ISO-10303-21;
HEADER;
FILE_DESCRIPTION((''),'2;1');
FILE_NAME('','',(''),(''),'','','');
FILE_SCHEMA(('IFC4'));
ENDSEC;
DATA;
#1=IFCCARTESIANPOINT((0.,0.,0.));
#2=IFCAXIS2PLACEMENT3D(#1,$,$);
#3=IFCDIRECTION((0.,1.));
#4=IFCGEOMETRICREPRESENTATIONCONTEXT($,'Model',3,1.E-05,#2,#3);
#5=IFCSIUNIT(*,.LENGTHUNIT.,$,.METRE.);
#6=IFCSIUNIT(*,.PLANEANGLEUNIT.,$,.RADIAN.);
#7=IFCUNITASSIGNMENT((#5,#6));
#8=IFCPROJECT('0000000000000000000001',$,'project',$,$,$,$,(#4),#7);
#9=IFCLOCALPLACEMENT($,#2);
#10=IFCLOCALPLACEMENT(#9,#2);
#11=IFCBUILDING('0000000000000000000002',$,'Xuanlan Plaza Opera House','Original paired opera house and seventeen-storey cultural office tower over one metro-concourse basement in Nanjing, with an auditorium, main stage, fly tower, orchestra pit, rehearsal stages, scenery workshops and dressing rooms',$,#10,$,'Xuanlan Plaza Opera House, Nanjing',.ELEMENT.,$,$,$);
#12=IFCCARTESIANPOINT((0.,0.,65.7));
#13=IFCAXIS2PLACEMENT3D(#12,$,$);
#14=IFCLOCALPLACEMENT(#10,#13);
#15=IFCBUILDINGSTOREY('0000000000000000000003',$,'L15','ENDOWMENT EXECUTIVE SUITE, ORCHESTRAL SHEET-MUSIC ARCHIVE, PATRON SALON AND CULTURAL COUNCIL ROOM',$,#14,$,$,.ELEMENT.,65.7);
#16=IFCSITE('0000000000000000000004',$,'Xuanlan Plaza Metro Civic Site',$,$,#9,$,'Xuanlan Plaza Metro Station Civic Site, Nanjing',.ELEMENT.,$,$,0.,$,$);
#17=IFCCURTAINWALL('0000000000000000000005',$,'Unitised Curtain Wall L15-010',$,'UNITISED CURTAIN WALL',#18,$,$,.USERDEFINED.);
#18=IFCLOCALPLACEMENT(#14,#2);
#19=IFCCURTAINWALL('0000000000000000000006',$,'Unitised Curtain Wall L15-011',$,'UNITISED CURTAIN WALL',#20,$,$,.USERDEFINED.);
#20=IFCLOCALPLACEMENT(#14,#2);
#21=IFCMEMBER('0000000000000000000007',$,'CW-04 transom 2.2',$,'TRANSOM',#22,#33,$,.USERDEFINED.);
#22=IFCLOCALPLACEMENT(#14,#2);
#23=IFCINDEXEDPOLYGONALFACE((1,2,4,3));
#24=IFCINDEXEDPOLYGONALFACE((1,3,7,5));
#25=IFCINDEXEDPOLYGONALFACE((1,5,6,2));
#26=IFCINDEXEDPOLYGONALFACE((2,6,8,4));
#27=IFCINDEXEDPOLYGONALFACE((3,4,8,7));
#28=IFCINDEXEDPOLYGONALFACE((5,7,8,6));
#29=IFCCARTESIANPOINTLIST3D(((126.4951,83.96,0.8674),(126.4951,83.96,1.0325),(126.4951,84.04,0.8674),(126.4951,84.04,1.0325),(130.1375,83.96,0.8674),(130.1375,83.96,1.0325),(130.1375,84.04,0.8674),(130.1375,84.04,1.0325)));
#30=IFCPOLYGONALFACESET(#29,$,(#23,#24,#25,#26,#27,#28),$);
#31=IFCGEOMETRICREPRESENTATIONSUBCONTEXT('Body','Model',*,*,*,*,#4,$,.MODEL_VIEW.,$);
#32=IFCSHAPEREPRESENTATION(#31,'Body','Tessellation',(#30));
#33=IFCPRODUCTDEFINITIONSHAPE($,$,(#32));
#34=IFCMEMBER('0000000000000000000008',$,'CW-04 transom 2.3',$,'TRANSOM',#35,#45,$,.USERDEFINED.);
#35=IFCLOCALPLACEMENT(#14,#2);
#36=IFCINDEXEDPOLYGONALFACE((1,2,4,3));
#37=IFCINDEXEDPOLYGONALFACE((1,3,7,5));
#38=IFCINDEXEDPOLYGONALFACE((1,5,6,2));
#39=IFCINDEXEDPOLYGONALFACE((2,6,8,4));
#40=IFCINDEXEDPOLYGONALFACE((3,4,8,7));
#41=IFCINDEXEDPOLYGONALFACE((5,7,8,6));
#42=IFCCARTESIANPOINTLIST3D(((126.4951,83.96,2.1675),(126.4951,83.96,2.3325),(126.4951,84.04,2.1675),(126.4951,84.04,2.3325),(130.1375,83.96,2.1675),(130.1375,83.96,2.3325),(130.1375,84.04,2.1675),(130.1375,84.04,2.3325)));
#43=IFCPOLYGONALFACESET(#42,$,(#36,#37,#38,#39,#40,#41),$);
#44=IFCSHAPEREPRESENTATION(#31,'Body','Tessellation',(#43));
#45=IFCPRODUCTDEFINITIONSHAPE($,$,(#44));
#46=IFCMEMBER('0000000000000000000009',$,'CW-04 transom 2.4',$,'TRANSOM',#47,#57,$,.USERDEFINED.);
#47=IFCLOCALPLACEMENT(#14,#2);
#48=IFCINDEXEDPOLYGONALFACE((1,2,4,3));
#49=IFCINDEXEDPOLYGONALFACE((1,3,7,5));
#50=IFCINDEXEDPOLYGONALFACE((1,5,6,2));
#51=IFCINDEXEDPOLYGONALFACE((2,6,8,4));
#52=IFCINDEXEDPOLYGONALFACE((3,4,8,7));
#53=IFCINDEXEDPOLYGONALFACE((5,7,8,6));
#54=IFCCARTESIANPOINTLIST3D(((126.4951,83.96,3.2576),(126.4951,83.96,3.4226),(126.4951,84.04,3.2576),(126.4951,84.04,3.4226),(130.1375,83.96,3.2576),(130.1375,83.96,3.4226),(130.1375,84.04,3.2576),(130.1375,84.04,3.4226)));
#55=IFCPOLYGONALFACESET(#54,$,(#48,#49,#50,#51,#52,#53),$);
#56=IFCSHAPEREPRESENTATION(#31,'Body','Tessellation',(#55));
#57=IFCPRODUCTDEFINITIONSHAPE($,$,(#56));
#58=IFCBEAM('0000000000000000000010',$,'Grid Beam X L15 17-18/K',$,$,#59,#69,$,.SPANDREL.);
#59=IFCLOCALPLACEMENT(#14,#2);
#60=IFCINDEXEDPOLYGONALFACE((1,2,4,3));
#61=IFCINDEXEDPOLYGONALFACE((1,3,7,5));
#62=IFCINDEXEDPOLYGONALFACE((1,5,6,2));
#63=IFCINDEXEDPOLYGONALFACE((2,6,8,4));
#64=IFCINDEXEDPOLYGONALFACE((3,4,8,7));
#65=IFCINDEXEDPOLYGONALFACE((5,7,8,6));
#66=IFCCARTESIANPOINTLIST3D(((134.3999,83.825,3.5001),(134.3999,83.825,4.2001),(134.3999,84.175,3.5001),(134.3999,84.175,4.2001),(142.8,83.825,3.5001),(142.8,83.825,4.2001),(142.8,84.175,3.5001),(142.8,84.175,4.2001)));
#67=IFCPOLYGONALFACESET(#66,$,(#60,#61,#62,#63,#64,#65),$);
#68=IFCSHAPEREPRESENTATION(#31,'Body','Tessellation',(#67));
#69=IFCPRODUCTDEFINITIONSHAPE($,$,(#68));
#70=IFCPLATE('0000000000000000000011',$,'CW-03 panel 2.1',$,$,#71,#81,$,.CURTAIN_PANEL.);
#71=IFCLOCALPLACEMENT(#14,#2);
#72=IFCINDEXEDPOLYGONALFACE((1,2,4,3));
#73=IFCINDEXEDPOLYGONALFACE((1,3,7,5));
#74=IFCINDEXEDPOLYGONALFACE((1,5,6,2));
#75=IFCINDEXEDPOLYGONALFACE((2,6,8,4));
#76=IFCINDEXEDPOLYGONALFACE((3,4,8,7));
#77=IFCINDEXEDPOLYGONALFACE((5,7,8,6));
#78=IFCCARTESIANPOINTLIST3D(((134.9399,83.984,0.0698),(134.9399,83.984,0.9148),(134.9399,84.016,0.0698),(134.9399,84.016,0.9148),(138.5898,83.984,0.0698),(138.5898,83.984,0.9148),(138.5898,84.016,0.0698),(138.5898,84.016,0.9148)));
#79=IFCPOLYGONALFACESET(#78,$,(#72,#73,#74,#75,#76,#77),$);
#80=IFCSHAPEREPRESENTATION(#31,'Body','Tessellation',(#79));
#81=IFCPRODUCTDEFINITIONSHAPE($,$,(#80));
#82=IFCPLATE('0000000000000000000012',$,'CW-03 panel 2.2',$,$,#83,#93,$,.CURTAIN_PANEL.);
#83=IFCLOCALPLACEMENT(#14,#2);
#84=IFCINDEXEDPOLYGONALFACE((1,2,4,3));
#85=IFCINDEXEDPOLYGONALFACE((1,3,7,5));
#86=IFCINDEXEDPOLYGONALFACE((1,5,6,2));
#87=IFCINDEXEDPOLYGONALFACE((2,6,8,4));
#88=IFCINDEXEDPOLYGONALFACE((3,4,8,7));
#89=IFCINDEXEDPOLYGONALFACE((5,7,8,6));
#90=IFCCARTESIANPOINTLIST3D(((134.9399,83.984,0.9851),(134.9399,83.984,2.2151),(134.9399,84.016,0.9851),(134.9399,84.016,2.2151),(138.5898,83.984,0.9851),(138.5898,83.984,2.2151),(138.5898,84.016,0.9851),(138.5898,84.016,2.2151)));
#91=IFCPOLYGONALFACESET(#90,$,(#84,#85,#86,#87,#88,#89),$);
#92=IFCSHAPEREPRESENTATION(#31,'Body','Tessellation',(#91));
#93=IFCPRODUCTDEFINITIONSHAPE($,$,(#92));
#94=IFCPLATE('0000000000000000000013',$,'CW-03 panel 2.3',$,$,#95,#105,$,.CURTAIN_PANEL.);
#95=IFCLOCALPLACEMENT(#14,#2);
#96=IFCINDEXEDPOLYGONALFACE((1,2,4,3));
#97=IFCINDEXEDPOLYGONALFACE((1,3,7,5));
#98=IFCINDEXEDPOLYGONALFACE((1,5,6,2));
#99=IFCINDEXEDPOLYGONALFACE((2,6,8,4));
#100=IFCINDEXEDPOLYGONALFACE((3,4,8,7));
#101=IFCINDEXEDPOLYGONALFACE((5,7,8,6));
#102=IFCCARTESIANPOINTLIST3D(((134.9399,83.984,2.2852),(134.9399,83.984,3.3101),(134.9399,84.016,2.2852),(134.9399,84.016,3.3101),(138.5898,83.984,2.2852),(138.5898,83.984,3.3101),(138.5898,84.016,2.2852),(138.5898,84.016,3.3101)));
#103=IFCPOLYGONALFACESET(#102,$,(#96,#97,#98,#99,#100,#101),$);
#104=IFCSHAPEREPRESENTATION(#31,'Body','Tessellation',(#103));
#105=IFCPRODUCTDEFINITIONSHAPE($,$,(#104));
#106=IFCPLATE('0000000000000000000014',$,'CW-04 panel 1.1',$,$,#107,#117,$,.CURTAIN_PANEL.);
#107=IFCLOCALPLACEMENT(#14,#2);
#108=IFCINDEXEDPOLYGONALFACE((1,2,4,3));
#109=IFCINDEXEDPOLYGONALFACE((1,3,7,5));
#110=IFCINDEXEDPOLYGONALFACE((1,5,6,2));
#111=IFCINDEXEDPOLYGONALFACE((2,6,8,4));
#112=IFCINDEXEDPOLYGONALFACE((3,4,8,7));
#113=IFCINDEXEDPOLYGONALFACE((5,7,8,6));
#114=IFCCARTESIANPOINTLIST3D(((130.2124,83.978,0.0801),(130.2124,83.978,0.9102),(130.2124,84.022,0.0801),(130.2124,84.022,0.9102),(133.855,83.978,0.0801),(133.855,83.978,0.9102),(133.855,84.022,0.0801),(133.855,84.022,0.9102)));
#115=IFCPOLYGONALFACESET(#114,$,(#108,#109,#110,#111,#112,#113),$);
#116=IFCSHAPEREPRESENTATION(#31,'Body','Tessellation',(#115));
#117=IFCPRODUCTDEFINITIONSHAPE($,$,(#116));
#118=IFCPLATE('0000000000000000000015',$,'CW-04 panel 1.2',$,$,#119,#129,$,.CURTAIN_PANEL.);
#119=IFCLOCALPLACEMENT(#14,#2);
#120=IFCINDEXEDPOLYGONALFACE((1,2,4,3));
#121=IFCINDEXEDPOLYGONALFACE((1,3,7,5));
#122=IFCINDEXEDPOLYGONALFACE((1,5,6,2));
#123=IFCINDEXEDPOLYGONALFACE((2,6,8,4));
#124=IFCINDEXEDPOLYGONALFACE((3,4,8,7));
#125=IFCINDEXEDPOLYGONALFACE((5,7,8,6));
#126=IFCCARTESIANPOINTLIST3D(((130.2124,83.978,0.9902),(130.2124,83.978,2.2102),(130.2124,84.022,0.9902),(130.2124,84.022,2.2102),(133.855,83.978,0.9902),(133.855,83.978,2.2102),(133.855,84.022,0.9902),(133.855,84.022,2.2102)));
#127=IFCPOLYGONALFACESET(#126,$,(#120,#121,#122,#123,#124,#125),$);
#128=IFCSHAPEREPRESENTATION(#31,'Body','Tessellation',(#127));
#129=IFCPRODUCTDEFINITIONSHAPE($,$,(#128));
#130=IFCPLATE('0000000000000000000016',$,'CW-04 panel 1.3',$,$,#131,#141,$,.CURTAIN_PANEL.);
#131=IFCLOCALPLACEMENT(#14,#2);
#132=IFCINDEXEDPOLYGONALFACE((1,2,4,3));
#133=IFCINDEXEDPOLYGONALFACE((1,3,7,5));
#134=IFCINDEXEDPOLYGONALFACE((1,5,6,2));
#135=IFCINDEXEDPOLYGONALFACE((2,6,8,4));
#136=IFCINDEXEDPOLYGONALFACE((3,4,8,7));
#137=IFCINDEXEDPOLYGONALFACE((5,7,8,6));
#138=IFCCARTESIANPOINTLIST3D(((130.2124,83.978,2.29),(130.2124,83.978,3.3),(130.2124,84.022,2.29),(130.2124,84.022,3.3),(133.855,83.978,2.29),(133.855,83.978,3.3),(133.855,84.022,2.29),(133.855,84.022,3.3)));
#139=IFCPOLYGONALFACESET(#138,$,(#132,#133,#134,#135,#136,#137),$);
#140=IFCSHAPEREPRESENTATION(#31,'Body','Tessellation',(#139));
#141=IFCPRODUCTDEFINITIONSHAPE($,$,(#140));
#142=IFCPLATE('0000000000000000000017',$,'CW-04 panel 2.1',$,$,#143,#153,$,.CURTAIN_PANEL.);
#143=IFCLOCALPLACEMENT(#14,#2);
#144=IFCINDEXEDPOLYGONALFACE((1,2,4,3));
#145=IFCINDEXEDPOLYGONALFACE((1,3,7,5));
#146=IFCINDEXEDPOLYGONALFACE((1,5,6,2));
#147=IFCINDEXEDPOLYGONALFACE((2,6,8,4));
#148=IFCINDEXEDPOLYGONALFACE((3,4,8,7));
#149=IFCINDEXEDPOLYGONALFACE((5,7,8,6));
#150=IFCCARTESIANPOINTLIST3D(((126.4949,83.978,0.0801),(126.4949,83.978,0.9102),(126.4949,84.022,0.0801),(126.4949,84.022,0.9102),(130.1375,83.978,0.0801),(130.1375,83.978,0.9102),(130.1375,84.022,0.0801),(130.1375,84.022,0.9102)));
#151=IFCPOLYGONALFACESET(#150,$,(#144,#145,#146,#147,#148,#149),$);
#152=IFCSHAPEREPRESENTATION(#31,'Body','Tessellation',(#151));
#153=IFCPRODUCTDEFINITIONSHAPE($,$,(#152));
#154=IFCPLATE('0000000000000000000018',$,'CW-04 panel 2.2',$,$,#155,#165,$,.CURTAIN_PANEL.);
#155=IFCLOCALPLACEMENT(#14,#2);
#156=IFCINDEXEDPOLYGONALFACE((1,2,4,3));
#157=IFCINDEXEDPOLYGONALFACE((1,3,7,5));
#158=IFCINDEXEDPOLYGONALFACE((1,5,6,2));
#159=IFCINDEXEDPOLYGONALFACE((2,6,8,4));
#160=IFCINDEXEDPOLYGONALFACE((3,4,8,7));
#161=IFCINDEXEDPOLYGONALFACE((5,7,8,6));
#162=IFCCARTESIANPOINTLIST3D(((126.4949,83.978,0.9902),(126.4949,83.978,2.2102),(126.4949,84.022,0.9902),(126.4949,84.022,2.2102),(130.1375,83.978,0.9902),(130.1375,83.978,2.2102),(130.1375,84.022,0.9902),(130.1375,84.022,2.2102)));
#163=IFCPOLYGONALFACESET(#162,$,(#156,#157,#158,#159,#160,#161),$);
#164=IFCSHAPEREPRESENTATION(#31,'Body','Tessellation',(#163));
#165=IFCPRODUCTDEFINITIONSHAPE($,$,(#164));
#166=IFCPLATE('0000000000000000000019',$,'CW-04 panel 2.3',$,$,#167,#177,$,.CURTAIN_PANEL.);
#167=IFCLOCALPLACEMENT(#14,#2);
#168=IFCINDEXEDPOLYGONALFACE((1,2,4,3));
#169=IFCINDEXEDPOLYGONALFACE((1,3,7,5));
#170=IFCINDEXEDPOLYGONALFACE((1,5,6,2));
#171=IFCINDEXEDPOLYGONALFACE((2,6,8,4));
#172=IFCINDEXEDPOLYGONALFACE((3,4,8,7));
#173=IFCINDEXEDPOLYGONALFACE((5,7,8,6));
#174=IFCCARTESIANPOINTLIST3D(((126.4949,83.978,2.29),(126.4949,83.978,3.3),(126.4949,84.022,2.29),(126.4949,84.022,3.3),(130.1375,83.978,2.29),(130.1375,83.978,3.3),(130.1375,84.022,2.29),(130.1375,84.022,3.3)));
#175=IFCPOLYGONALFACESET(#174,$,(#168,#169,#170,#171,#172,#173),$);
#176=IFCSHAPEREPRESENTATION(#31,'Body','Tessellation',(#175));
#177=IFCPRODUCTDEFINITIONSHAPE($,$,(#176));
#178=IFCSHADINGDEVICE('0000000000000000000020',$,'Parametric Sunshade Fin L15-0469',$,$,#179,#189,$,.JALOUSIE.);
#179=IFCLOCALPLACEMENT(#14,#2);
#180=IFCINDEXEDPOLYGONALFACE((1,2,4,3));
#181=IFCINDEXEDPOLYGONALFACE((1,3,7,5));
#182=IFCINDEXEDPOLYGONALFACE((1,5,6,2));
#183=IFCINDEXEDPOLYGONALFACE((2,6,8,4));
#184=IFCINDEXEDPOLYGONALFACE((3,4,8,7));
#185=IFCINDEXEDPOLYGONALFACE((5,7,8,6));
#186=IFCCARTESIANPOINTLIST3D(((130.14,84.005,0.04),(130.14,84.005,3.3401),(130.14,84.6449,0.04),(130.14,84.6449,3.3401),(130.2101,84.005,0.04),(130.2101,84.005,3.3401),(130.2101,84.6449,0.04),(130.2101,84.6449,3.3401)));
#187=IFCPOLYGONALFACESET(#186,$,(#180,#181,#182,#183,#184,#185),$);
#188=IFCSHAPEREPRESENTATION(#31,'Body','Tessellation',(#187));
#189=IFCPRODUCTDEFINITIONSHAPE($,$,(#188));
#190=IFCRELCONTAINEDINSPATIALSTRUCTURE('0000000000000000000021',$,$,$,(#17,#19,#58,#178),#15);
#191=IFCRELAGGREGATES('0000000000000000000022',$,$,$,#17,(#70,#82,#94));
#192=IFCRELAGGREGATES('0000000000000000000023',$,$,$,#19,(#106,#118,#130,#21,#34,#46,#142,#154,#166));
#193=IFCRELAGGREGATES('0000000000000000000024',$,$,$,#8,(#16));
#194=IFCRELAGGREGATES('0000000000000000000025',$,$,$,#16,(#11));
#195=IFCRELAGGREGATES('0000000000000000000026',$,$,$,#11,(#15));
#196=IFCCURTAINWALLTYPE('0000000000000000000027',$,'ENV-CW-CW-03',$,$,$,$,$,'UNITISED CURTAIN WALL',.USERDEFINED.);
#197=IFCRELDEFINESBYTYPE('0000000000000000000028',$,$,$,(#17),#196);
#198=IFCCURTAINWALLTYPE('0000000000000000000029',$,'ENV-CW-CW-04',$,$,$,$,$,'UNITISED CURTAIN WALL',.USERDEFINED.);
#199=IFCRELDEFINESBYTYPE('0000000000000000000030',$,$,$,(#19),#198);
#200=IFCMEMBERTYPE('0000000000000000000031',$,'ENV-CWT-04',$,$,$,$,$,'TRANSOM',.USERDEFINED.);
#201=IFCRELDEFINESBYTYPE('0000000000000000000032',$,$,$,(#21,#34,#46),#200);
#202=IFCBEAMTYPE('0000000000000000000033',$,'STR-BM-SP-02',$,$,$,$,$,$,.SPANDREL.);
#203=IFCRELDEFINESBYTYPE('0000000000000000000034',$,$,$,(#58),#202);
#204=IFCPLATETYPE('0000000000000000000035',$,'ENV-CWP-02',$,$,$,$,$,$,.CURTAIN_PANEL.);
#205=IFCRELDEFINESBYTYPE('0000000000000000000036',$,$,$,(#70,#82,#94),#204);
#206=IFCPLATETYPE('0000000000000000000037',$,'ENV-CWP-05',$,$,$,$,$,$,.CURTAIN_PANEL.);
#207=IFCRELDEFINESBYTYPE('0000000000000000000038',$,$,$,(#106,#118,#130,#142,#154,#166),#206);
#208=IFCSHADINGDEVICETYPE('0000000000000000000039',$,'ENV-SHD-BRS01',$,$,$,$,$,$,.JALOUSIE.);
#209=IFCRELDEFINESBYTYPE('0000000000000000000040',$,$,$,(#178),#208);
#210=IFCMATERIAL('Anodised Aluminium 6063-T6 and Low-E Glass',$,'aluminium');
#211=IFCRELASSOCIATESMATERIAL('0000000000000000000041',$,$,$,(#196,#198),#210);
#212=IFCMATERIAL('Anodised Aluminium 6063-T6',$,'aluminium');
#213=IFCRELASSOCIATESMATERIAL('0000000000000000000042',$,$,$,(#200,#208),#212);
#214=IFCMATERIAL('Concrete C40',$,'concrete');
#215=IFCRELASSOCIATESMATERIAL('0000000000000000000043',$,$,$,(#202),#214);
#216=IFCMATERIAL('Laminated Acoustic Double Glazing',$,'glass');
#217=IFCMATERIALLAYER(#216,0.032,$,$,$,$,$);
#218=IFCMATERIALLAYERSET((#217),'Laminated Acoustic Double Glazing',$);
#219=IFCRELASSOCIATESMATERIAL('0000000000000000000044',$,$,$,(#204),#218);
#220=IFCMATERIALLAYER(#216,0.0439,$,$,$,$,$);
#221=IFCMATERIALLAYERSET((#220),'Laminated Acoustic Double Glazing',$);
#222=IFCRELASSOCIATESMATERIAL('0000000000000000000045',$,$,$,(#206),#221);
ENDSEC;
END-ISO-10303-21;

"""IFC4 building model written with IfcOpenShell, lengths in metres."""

from ifc_helpers import new_model, si_unit, direction, frame, origin, origin_2d, place, context, subcontext, project, spatial, rectangle, extrude, material, layer, layer_set, material_profile, profile_set, type_object, element, aggregate, save


model = new_model("IFC4")

# Units and contexts
model_context = context("Model", 3, precision=1e-05, world=origin(), true_north=direction((0.0, 1.0)))
body_context = subcontext(model_context, "Body", "Model", "MODEL_VIEW")
ifc_project = project(units=[si_unit("LENGTHUNIT", "METRE"), si_unit("PLANEANGLEUNIT", "RADIAN")], contexts=[model_context])

# Site, building, storey
site_placement = place(None, origin())
site = spatial("IfcSite", under=ifc_project, at=site_placement, Name="Xuanlan Plaza Metro Civic Site", LongName="Xuanlan Plaza Metro Station Civic Site, Nanjing", CompositionType="ELEMENT", RefElevation=0.0)
building_placement = place(site_placement, origin())
building = spatial("IfcBuilding", under=site, at=building_placement, Name="Xuanlan Plaza Opera House", Description="Original paired opera house and seventeen-storey cultural office tower over one metro-concourse basement in Nanjing, with an auditorium, main stage, fly tower, orchestra pit, rehearsal stages, scenery workshops and dressing rooms", LongName="Xuanlan Plaza Opera House, Nanjing", CompositionType="ELEMENT")
storey_placement = place(building_placement, frame((0.0, 0.0, 65.7)))
storey = spatial("IfcBuildingStorey", under=building, at=storey_placement, Name="L15", Description="ENDOWMENT EXECUTIVE SUITE, ORCHESTRAL SHEET-MUSIC ARCHIVE, PATRON SALON AND CULTURAL COUNCIL ROOM", CompositionType="ELEMENT", Elevation=65.7)

# Curtain walls
ifc_material_1 = material(Name="Anodised Aluminium 6063-T6 and Low-E Glass", Category="aluminium")
curtain_wall_type_1 = type_object("IfcCurtainWallType", Name="ENV-CW-CW-03", ElementType="UNITISED CURTAIN WALL", PredefinedType="USERDEFINED", material=ifc_material_1)
curtain_wall_1_placement = place(storey_placement, origin())
curtain_wall_1 = element("IfcCurtainWall", 1, at=curtain_wall_1_placement, inside=storey, type_object=curtain_wall_type_1, Name="Unitised Curtain Wall L15-010", ObjectType="UNITISED CURTAIN WALL", PredefinedType="USERDEFINED")
ifc_material_2 = material(Name="Anodised Aluminium 6063-T6", Category="aluminium")
curtain_wall_type_2 = type_object("IfcCurtainWallType", Name="ENV-CW-CW-04", ElementType="UNITISED CURTAIN WALL", PredefinedType="USERDEFINED", material=ifc_material_1)
curtain_wall_2_placement = place(storey_placement, origin())
curtain_wall_2 = element("IfcCurtainWall", 2, at=curtain_wall_2_placement, inside=storey, type_object=curtain_wall_type_2, Name="Unitised Curtain Wall L15-011", ObjectType="UNITISED CURTAIN WALL", PredefinedType="USERDEFINED")

# Members
ifc_material_profile_1 = material_profile(ifc_material_2, rectangle(XDim=0.0801, YDim=0.165, at=origin_2d()), Name="ALU-T 80x165")
ifc_profile_set_1 = profile_set([ifc_material_profile_1], Name="Anodised Aluminium 6063-T6")
member_type_1 = type_object("IfcMemberType", Name="ENV-CWT-04", ElementType="TRANSOM", PredefinedType="USERDEFINED", material=ifc_profile_set_1)
member_1_placement = place(storey_placement, frame((130.1375, 84.0, 0.95), z_axis=(-1.0, 0.0, 0.0), x_axis=(0.0, -1.0, 0.0)))
member_1 = element("IfcMember", 3, at=member_1_placement, type_object=member_type_1, Name="CW-04 transom 2.2", ObjectType="TRANSOM", PredefinedType="USERDEFINED", context=body_context, shape_type="SweptSolid", body=[
    extrude(rectangle(XDim=0.0801, YDim=0.165, at=origin_2d()), origin(), (0.0, 0.0, 1.0), 3.6423),
])
member_2_placement = place(storey_placement, frame((130.1375, 84.0, 2.25), z_axis=(-1.0, 0.0, 0.0), x_axis=(0.0, -1.0, 0.0)))
member_2 = element("IfcMember", 4, at=member_2_placement, type_object=member_type_1, Name="CW-04 transom 2.3", ObjectType="TRANSOM", PredefinedType="USERDEFINED", context=body_context, shape_type="SweptSolid", body=[
    extrude(rectangle(XDim=0.0801, YDim=0.165, at=origin_2d()), origin(), (0.0, 0.0, 1.0), 3.6423),
])
member_3_placement = place(storey_placement, frame((130.1375, 84.0, 3.3401), z_axis=(-1.0, 0.0, 0.0), x_axis=(0.0, -1.0, 0.0)))
member_3 = element("IfcMember", 5, at=member_3_placement, type_object=member_type_1, Name="CW-04 transom 2.4", ObjectType="TRANSOM", PredefinedType="USERDEFINED", context=body_context, shape_type="SweptSolid", body=[
    extrude(rectangle(XDim=0.0801, YDim=0.165, at=origin_2d()), origin(), (0.0, 0.0, 1.0), 3.6423),
])

# Beam
ifc_material_3 = material(Name="Concrete C40", Category="concrete")
ifc_material_profile_2 = material_profile(ifc_material_3, rectangle(XDim=0.3501, YDim=0.7, at=origin_2d()), Name="RC-SPD 350x700")
ifc_profile_set_2 = profile_set([ifc_material_profile_2], Name="Concrete C40")
beam_type = type_object("IfcBeamType", Name="STR-BM-SP-02", PredefinedType="SPANDREL", material=ifc_profile_set_2)
beam_placement = place(storey_placement, frame((134.3999, 84.0, 3.8501), z_axis=(1.0, 0.0, 0.0), x_axis=(0.0, 1.0, 0.0)))
element("IfcBeam", 6, at=beam_placement, inside=storey, type_object=beam_type, Name="Grid Beam X L15 17-18/K", PredefinedType="SPANDREL", context=body_context, shape_type="SweptSolid", body=[
    extrude(rectangle(XDim=0.3501, YDim=0.7, at=origin_2d()), origin(), (0.0, 0.0, 1.0), 8.4001),
])

# Plates
ifc_material_4 = material(Name="Laminated Acoustic Double Glazing", Category="glass")
ifc_layer_1 = layer(ifc_material_4, 0.032)
ifc_layer_set_1 = layer_set([ifc_layer_1], Name="Laminated Acoustic Double Glazing")
plate_type_1 = type_object("IfcPlateType", Name="ENV-CWP-02", PredefinedType="CURTAIN_PANEL", material=ifc_layer_set_1)
plate_1_placement = place(storey_placement, frame((136.7649, 84.0, 0.0698), z_axis=(0.0, 0.0, 1.0), x_axis=(-1.0, 0.0, 0.0)))
plate_1 = element("IfcPlate", 7, at=plate_1_placement, type_object=plate_type_1, Name="CW-03 panel 2.1", PredefinedType="CURTAIN_PANEL", context=body_context, shape_type="SweptSolid", body=[
    extrude(rectangle(XDim=3.6499, YDim=0.032, at=origin_2d()), origin(), (0.0, 0.0, 1.0), 0.845),
])
plate_2_placement = place(storey_placement, frame((136.7649, 84.0, 0.9851), z_axis=(0.0, 0.0, 1.0), x_axis=(-1.0, 0.0, 0.0)))
plate_2 = element("IfcPlate", 8, at=plate_2_placement, type_object=plate_type_1, Name="CW-03 panel 2.2", PredefinedType="CURTAIN_PANEL", context=body_context, shape_type="SweptSolid", body=[
    extrude(rectangle(XDim=3.6499, YDim=0.032, at=origin_2d()), origin(), (0.0, 0.0, 1.0), 1.23),
])
plate_3_placement = place(storey_placement, frame((136.7649, 84.0, 2.2852), z_axis=(0.0, 0.0, 1.0), x_axis=(-1.0, 0.0, 0.0)))
plate_3 = element("IfcPlate", 9, at=plate_3_placement, type_object=plate_type_1, Name="CW-03 panel 2.3", PredefinedType="CURTAIN_PANEL", context=body_context, shape_type="SweptSolid", body=[
    extrude(rectangle(XDim=3.6499, YDim=0.032, at=origin_2d()), origin(), (0.0, 0.0, 1.0), 1.0249),
])
aggregate(curtain_wall_1, [plate_1, plate_2, plate_3])
ifc_layer_2 = layer(ifc_material_4, 0.0439)
ifc_layer_set_2 = layer_set([ifc_layer_2], Name="Laminated Acoustic Double Glazing")
plate_type_2 = type_object("IfcPlateType", Name="ENV-CWP-05", PredefinedType="CURTAIN_PANEL", material=ifc_layer_set_2)
plate_4_placement = place(storey_placement, frame((132.0337, 84.0, 0.0801), z_axis=(0.0, 0.0, 1.0), x_axis=(-1.0, 0.0, 0.0)))
plate_4 = element("IfcPlate", 10, at=plate_4_placement, type_object=plate_type_2, Name="CW-04 panel 1.1", PredefinedType="CURTAIN_PANEL", context=body_context, shape_type="SweptSolid", body=[
    extrude(rectangle(XDim=3.6426, YDim=0.0439, at=origin_2d()), origin(), (0.0, 0.0, 1.0), 0.8301),
])
plate_5_placement = place(storey_placement, frame((132.0337, 84.0, 0.9902), z_axis=(0.0, 0.0, 1.0), x_axis=(-1.0, 0.0, 0.0)))
plate_5 = element("IfcPlate", 11, at=plate_5_placement, type_object=plate_type_2, Name="CW-04 panel 1.2", PredefinedType="CURTAIN_PANEL", context=body_context, shape_type="SweptSolid", body=[
    extrude(rectangle(XDim=3.6426, YDim=0.0439, at=origin_2d()), origin(), (0.0, 0.0, 1.0), 1.22),
])
plate_6_placement = place(storey_placement, frame((132.0337, 84.0, 2.29), z_axis=(0.0, 0.0, 1.0), x_axis=(-1.0, 0.0, 0.0)))
plate_6 = element("IfcPlate", 12, at=plate_6_placement, type_object=plate_type_2, Name="CW-04 panel 1.3", PredefinedType="CURTAIN_PANEL", context=body_context, shape_type="SweptSolid", body=[
    extrude(rectangle(XDim=3.6426, YDim=0.0439, at=origin_2d()), origin(), (0.0, 0.0, 1.0), 1.01),
])
plate_7_placement = place(storey_placement, frame((128.3162, 84.0, 0.0801), z_axis=(0.0, 0.0, 1.0), x_axis=(-1.0, 0.0, 0.0)))
plate_7 = element("IfcPlate", 13, at=plate_7_placement, type_object=plate_type_2, Name="CW-04 panel 2.1", PredefinedType="CURTAIN_PANEL", context=body_context, shape_type="SweptSolid", body=[
    extrude(rectangle(XDim=3.6426, YDim=0.0439, at=origin_2d()), origin(), (0.0, 0.0, 1.0), 0.8301),
])
plate_8_placement = place(storey_placement, frame((128.3162, 84.0, 0.9902), z_axis=(0.0, 0.0, 1.0), x_axis=(-1.0, 0.0, 0.0)))
plate_8 = element("IfcPlate", 14, at=plate_8_placement, type_object=plate_type_2, Name="CW-04 panel 2.2", PredefinedType="CURTAIN_PANEL", context=body_context, shape_type="SweptSolid", body=[
    extrude(rectangle(XDim=3.6426, YDim=0.0439, at=origin_2d()), origin(), (0.0, 0.0, 1.0), 1.22),
])
plate_9_placement = place(storey_placement, frame((128.3162, 84.0, 2.29), z_axis=(0.0, 0.0, 1.0), x_axis=(-1.0, 0.0, 0.0)))
plate_9 = element("IfcPlate", 15, at=plate_9_placement, type_object=plate_type_2, Name="CW-04 panel 2.3", PredefinedType="CURTAIN_PANEL", context=body_context, shape_type="SweptSolid", body=[
    extrude(rectangle(XDim=3.6426, YDim=0.0439, at=origin_2d()), origin(), (0.0, 0.0, 1.0), 1.01),
])
aggregate(curtain_wall_2, [plate_4, plate_5, plate_6, member_1, member_2, member_3, plate_7, plate_8, plate_9])

# Shading device
shading_device_type_1 = type_object("IfcShadingDeviceType", Name="ENV-SHD-BRS01", PredefinedType="JALOUSIE", material=ifc_material_2)
shading_device_1_placement = place(storey_placement, frame((130.175, 84.325, 0.04), z_axis=(0.0, 0.0, 1.0), x_axis=(0.0, 1.0, 0.0)))
element("IfcShadingDevice", 16, at=shading_device_1_placement, inside=storey, type_object=shading_device_type_1, Name="Parametric Sunshade Fin L15-0469", PredefinedType="JALOUSIE", context=body_context, shape_type="SweptSolid", body=[
    extrude(rectangle(XDim=0.6399, YDim=0.0701, at=origin_2d()), origin(), (0.0, 0.0, 1.0), 3.3),
])

save(model, "model.ifc")
